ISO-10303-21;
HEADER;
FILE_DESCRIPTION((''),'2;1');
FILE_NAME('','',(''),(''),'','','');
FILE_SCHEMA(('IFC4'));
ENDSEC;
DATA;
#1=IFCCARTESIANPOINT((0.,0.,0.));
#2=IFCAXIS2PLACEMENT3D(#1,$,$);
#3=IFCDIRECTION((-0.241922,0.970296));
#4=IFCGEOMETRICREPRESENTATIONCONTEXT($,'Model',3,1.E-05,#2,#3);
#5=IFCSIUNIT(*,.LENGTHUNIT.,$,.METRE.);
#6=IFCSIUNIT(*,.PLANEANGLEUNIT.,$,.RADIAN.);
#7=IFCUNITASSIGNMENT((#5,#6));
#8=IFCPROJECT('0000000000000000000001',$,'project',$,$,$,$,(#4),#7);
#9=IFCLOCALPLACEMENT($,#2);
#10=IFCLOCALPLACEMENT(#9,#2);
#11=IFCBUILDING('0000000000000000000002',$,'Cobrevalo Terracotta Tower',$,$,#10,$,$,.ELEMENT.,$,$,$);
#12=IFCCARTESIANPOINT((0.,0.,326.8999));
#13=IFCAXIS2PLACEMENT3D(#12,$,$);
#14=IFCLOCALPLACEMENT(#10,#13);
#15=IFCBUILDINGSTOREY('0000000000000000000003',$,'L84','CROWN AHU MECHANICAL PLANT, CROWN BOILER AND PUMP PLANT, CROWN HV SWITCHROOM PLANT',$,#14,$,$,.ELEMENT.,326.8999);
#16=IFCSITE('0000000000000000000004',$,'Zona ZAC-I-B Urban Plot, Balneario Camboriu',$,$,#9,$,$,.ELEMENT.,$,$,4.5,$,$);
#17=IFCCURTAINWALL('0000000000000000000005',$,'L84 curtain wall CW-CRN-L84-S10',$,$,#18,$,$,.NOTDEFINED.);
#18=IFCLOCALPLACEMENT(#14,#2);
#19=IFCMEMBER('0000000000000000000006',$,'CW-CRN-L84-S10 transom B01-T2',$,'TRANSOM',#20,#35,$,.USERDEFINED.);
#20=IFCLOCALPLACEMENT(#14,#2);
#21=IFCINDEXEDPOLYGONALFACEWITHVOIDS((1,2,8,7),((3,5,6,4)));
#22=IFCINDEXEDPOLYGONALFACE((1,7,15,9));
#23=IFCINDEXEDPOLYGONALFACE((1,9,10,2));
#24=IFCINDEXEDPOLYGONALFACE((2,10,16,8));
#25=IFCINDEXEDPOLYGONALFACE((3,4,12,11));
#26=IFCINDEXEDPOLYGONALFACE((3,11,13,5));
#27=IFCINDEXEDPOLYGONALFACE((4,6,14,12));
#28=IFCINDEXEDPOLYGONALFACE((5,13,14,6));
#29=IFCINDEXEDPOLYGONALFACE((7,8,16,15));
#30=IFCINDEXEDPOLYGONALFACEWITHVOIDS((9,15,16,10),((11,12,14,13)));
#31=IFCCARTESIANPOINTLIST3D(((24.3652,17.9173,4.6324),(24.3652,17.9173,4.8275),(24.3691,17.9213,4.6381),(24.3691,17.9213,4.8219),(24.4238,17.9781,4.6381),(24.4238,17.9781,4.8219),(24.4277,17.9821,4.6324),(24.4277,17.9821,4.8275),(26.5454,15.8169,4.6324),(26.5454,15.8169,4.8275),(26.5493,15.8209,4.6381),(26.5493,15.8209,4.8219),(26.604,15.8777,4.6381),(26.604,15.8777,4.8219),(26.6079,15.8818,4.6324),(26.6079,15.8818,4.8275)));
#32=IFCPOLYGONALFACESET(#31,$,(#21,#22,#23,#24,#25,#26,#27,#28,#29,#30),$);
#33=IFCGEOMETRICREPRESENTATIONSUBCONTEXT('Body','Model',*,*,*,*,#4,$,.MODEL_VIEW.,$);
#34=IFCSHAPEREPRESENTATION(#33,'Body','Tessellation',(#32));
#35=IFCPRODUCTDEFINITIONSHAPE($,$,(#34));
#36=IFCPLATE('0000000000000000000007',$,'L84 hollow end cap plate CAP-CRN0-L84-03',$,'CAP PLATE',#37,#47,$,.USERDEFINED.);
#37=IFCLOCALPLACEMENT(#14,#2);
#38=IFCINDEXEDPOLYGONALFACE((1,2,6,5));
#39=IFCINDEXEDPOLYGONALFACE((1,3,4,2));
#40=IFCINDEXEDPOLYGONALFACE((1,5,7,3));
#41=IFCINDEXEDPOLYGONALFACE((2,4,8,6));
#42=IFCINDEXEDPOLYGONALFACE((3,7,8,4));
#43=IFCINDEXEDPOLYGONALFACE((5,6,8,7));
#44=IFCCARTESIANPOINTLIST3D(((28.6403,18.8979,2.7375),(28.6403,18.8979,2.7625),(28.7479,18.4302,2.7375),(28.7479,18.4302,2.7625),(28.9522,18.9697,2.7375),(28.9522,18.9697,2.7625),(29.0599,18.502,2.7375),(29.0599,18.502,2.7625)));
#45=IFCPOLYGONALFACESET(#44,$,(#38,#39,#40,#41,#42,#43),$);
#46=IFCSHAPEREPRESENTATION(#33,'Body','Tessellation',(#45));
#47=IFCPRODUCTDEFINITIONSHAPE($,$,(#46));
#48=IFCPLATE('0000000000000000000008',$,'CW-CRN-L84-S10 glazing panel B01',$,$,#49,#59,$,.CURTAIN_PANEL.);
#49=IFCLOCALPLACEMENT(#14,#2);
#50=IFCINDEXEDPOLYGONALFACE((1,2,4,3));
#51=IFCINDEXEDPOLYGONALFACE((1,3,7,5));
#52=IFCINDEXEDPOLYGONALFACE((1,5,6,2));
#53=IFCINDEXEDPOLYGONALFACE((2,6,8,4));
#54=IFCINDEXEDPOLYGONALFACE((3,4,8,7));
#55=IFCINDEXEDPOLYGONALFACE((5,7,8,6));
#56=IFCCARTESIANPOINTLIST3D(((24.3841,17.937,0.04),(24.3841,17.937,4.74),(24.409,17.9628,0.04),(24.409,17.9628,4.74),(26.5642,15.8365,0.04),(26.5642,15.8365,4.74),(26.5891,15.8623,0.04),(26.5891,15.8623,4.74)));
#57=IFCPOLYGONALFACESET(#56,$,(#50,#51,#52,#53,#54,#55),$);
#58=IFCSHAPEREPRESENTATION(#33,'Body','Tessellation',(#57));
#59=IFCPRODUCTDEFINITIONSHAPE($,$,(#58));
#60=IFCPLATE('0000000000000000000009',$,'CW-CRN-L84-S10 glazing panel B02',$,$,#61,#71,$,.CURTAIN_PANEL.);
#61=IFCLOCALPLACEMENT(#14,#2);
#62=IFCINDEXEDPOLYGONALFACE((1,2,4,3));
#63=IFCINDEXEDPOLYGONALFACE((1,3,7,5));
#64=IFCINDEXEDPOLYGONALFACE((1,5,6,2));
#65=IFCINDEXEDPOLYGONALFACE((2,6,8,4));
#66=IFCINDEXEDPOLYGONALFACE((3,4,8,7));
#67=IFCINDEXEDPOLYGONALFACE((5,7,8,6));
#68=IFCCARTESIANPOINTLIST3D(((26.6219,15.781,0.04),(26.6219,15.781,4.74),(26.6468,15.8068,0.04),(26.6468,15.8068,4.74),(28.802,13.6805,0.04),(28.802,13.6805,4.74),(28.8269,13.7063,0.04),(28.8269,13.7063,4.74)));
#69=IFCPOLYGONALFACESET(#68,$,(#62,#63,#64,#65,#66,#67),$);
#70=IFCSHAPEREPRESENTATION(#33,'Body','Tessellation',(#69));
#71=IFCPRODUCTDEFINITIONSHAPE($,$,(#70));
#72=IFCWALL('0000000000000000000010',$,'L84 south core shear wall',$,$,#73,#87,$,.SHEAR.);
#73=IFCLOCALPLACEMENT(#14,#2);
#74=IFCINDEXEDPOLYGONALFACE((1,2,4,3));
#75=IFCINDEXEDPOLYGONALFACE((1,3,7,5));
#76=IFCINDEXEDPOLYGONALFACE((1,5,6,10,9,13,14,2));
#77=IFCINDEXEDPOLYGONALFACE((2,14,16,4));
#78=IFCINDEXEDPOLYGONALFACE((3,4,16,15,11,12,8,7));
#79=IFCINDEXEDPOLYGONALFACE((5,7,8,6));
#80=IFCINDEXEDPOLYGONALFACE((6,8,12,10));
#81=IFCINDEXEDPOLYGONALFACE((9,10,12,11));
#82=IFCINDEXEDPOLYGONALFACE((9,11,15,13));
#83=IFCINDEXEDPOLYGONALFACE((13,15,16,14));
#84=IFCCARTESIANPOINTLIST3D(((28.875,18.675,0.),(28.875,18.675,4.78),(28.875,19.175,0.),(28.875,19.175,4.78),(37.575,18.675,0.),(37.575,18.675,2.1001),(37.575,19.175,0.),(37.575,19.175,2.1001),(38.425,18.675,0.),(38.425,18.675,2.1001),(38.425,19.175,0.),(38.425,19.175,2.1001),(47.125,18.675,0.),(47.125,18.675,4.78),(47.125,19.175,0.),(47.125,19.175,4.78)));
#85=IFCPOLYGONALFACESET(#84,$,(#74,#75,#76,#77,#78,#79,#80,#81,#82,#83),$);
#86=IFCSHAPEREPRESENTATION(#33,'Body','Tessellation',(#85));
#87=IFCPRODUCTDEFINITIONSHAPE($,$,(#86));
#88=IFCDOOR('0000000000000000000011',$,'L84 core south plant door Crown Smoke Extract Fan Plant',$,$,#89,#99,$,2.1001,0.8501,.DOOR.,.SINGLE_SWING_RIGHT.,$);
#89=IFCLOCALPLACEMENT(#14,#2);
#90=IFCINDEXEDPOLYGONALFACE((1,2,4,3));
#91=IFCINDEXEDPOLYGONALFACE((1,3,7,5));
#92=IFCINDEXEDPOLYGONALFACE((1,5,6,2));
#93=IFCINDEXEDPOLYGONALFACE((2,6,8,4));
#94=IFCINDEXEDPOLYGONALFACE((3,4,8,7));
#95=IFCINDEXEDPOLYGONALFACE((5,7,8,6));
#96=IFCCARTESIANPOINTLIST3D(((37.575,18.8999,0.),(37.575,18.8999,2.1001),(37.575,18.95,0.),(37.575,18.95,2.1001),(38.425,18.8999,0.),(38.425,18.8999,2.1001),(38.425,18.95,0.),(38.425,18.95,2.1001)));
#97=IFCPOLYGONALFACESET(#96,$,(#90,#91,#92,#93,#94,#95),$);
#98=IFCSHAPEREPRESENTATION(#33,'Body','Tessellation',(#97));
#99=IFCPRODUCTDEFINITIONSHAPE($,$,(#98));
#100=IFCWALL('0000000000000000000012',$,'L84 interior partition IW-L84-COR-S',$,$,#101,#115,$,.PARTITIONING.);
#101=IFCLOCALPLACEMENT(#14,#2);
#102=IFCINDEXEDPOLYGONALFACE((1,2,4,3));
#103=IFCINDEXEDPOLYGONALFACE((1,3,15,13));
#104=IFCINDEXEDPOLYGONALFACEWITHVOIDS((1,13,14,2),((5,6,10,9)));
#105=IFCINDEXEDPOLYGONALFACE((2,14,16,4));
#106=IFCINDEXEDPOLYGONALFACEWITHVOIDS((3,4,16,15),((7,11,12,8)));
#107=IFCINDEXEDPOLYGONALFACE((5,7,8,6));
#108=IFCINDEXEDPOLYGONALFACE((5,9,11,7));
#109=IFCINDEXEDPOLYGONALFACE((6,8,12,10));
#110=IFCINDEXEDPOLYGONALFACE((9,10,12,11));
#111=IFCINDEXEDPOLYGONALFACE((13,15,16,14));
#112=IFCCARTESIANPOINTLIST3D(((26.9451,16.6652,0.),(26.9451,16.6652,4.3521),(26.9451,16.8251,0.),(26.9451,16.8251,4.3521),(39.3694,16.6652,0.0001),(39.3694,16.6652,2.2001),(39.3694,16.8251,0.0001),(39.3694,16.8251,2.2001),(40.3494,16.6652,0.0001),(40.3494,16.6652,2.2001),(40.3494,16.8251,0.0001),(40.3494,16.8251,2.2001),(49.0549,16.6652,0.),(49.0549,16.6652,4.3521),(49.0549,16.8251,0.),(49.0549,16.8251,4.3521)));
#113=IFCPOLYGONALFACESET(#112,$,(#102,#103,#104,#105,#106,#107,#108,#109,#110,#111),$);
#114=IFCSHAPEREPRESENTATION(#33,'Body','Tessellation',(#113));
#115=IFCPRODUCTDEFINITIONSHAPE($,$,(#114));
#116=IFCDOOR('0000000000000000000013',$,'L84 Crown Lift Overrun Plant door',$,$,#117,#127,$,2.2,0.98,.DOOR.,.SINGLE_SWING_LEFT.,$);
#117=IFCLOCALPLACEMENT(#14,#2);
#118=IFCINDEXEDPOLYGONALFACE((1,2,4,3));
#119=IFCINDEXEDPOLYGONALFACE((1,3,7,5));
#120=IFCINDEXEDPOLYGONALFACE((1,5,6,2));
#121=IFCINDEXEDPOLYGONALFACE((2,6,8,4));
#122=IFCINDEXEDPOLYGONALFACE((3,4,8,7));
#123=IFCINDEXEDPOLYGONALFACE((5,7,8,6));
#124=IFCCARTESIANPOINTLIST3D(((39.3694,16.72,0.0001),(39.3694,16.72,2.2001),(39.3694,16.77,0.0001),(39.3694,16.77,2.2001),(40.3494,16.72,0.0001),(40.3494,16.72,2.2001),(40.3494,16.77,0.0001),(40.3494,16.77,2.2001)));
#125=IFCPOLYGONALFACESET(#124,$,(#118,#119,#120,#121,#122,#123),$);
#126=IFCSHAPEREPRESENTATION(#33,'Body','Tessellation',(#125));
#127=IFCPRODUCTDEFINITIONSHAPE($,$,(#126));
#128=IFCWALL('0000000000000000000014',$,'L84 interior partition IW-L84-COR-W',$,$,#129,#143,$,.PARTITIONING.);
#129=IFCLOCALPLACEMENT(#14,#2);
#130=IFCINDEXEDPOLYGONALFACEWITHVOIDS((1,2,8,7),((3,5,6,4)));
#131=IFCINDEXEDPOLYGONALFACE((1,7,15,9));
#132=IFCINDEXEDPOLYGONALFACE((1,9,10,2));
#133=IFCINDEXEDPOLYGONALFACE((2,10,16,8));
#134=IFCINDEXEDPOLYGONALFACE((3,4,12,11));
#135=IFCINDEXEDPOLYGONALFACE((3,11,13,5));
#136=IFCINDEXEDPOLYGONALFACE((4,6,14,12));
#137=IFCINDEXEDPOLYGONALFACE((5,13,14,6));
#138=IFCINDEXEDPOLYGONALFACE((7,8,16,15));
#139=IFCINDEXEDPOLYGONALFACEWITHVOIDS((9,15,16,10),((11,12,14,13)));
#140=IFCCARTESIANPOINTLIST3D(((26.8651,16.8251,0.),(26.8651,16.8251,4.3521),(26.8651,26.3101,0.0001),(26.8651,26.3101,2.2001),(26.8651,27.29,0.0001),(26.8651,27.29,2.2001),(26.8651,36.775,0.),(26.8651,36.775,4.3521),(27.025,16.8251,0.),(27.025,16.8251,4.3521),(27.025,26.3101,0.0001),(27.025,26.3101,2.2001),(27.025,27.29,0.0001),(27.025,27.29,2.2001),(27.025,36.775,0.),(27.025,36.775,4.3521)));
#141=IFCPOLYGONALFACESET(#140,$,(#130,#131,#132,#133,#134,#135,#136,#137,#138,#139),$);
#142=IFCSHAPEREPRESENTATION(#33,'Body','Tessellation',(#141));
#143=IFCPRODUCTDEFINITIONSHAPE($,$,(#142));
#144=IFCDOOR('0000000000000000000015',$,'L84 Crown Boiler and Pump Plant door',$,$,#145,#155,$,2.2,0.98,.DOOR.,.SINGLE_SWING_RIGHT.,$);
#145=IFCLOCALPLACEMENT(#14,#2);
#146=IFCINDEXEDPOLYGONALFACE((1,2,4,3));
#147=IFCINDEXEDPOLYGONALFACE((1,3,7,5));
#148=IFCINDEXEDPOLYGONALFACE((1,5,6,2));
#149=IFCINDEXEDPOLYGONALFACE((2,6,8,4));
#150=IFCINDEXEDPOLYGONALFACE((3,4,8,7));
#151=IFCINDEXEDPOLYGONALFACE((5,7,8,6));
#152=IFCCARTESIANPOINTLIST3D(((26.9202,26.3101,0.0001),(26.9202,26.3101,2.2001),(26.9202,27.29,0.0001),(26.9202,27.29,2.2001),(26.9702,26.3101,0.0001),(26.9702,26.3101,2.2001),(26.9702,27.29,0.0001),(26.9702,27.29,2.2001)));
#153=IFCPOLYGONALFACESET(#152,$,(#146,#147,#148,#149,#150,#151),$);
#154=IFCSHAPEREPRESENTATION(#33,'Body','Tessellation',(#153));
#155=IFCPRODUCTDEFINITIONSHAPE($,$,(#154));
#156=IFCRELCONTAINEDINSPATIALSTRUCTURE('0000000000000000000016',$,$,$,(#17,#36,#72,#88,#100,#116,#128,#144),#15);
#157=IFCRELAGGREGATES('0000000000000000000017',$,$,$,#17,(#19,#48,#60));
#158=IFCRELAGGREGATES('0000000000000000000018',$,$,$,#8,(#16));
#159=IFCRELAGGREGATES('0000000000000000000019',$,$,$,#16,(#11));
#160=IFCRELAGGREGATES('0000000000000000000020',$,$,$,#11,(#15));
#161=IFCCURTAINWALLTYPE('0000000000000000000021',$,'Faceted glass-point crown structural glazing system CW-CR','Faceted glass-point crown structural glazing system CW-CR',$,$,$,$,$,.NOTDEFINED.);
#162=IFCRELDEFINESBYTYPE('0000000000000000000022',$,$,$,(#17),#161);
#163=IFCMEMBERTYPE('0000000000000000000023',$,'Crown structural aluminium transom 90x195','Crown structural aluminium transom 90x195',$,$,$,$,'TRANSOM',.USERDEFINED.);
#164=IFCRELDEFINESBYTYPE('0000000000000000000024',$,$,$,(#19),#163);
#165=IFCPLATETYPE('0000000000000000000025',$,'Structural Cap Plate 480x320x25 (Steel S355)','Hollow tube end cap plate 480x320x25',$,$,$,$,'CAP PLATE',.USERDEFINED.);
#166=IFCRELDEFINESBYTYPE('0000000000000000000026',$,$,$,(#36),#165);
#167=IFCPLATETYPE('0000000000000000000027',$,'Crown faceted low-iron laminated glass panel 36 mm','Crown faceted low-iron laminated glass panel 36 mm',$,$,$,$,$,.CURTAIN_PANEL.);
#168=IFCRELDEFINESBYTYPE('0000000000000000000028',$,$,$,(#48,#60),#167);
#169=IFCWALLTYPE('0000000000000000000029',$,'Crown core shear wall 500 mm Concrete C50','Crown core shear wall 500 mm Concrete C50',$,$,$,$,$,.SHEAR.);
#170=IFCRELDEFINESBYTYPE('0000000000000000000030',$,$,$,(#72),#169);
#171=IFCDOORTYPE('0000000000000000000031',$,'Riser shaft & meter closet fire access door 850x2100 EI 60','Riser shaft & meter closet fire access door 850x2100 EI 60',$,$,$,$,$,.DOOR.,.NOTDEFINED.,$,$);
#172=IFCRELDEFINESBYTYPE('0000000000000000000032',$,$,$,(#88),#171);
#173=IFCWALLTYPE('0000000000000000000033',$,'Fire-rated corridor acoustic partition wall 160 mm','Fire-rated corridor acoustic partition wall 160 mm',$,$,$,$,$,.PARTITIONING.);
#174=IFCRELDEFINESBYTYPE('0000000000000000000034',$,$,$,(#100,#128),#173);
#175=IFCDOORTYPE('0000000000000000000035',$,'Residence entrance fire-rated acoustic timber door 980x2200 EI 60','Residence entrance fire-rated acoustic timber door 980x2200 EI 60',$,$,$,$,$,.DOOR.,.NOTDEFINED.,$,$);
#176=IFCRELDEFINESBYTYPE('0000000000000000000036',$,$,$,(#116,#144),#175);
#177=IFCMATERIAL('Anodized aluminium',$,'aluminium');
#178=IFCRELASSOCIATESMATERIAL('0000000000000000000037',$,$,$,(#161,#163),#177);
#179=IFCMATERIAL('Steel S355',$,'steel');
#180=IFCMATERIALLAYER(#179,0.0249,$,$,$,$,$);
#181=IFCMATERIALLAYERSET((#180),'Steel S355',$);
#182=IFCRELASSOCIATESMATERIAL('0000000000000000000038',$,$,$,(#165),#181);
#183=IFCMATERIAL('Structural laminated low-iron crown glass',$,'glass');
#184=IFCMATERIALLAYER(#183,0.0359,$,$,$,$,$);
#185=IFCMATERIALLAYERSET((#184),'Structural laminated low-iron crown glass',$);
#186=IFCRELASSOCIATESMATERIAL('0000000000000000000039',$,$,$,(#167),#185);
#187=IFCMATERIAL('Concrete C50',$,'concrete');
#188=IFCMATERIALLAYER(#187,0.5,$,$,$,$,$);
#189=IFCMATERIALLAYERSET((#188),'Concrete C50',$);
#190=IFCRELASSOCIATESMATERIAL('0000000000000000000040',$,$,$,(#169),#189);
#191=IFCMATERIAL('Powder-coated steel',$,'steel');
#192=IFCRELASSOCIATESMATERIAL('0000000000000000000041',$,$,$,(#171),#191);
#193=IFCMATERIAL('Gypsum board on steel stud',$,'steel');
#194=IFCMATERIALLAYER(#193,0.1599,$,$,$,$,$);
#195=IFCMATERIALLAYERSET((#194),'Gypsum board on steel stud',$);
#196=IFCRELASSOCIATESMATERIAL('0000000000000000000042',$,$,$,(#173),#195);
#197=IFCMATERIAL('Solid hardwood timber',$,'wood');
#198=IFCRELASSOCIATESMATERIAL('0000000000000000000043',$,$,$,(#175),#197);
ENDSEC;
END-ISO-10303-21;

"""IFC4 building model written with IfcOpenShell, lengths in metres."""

from ifc_helpers import new_model, si_unit, direction, frame, frame_2d, origin, origin_2d, place, context, subcontext, project, spatial, rectangle, hollow_rectangle, extrude, source, transform, mapped, material, layer, layer_set, material_profile, profile_set, type_object, element, fill, aggregate, save


model = new_model("IFC4")

# Units and contexts
model_context = context("Model", 3, precision=1e-05, world=origin(), true_north=direction((-0.241922, 0.970296)))
body_context = subcontext(model_context, "Body", "Model", "MODEL_VIEW")
ifc_project = project(units=[si_unit("LENGTHUNIT", "METRE"), si_unit("PLANEANGLEUNIT", "RADIAN")], contexts=[model_context])

# Site, building, storey
site_placement = place(None, origin())
site = spatial("IfcSite", under=ifc_project, at=site_placement, Name="Zona ZAC-I-B Urban Plot, Balneario Camboriu", CompositionType="ELEMENT", RefElevation=4.5)
building_placement = place(site_placement, origin())
building = spatial("IfcBuilding", under=site, at=building_placement, Name="Cobrevalo Terracotta Tower", CompositionType="ELEMENT")
storey_placement = place(building_placement, frame((0.0, 0.0, 326.8999)))
storey = spatial("IfcBuildingStorey", under=building, at=storey_placement, Name="L84", Description="CROWN AHU MECHANICAL PLANT, CROWN BOILER AND PUMP PLANT, CROWN HV SWITCHROOM PLANT", CompositionType="ELEMENT", Elevation=326.8999)

# Shared definitions
ifc_material_1 = material(Name="Steel S355", Category="steel")

# Shared definitions
ifc_material_2 = material(Name="Anodized aluminium", Category="aluminium")
curtain_wall_type = type_object("IfcCurtainWallType", Name="Faceted glass-point crown structural glazing system CW-CR", Description="Faceted glass-point crown structural glazing system CW-CR", PredefinedType="NOTDEFINED", material=ifc_material_2)

# Curtain wall, member
curtain_wall_1_placement = place(storey_placement, origin())
curtain_wall_1 = element("IfcCurtainWall", 1, at=curtain_wall_1_placement, inside=storey, type_object=curtain_wall_type, Name="L84 curtain wall CW-CRN-L84-S10", PredefinedType="NOTDEFINED")
ifc_material_profile_1 = material_profile(ifc_material_2, hollow_rectangle(XDim=0.0901, YDim=0.1951, WallThickness=0.0056, at=origin_2d()), Name="CWT 90x195")
ifc_profile_set_1 = profile_set([ifc_material_profile_1], Name="Anodized aluminium")
member_type_1 = type_object("IfcMemberType", Name="Crown structural aluminium transom 90x195", Description="Crown structural aluminium transom 90x195", ElementType="TRANSOM", PredefinedType="USERDEFINED", material=ifc_profile_set_1)
shared_shape_1 = source(origin(), body_context, "Body", "SweptSolid", [
    extrude(hollow_rectangle(XDim=0.0901, YDim=0.1951, WallThickness=0.0056, at=origin_2d()), origin(), (0.0, 0.0, 1.0), 3.0273),
])
member_1_placement = place(storey_placement, frame((24.3965, 17.9497, 4.73), z_axis=(0.720169, -0.693798, 0.0), x_axis=(0.693798, 0.720169, 0.0)))
member_1 = element("IfcMember", 2, at=member_1_placement, type_object=member_type_1, Name="CW-CRN-L84-S10 transom B01-T2", ObjectType="TRANSOM", PredefinedType="USERDEFINED", context=body_context, shape_type="MappedRepresentation", body=[
    mapped(shared_shape_1, transform((0.0, 0.0, 0.0), scale=1.0)),
])

# Plates
ifc_layer_1 = layer(ifc_material_1, 0.0249)
ifc_layer_set_1 = layer_set([ifc_layer_1], Name="Steel S355")
plate_type_1 = type_object("IfcPlateType", Name="Structural Cap Plate 480x320x25 (Steel S355)", Description="Hollow tube end cap plate 480x320x25", ElementType="CAP PLATE", PredefinedType="USERDEFINED", material=ifc_layer_set_1)
shared_shape_2 = source(origin(), body_context, "Body", "SweptSolid", [
    extrude(rectangle(XDim=0.48, YDim=0.3201, at=origin_2d()), origin(), (0.0, 0.0, 1.0), 0.0249),
])
plate_1_placement = place(storey_placement, frame((28.8501, 18.7, 2.7375), z_axis=(0.0, 0.0, 1.0), x_axis=(0.224221, -0.974538, 0.0)))
element("IfcPlate", 3, at=plate_1_placement, inside=storey, type_object=plate_type_1, Name="L84 hollow end cap plate CAP-CRN0-L84-03", ObjectType="CAP PLATE", PredefinedType="USERDEFINED", context=body_context, shape_type="MappedRepresentation", body=[
    mapped(shared_shape_2, transform((0.0, 0.0, 0.0), scale=1.0)),
])
ifc_material_3 = material(Name="Structural laminated low-iron crown glass", Category="glass")
ifc_layer_2 = layer(ifc_material_3, 0.0359)
ifc_layer_set_2 = layer_set([ifc_layer_2], Name="Structural laminated low-iron crown glass")
plate_type_2 = type_object("IfcPlateType", Name="Crown faceted low-iron laminated glass panel 36 mm", Description="Crown faceted low-iron laminated glass panel 36 mm", PredefinedType="CURTAIN_PANEL", material=ifc_layer_set_2)
shared_shape_3 = source(origin(), body_context, "Body", "SweptSolid", [
    extrude(rectangle(XDim=3.0273, YDim=0.0359, at=origin_2d()), origin(), (0.0, 0.0, 1.0), 4.7),
])
plate_2_placement = place(storey_placement, frame((25.4866, 16.8997, 0.04), z_axis=(0.0, 0.0, 1.0), x_axis=(0.720133, -0.693836, 0.0)))
plate_2 = element("IfcPlate", 4, at=plate_2_placement, type_object=plate_type_2, Name="CW-CRN-L84-S10 glazing panel B01", PredefinedType="CURTAIN_PANEL", context=body_context, shape_type="MappedRepresentation", body=[
    mapped(shared_shape_3, transform((0.0, 0.0, 0.0), scale=1.0)),
])
plate_3_placement = place(storey_placement, frame((27.7244, 14.7437, 0.04), z_axis=(0.0, 0.0, 1.0), x_axis=(0.720133, -0.693836, 0.0)))
plate_3 = element("IfcPlate", 5, at=plate_3_placement, type_object=plate_type_2, Name="CW-CRN-L84-S10 glazing panel B02", PredefinedType="CURTAIN_PANEL", context=body_context, shape_type="MappedRepresentation", body=[
    mapped(shared_shape_3, transform((0.0, 0.0, 0.0), scale=1.0)),
])
aggregate(curtain_wall_1, [member_1, plate_2, plate_3])

# Walls, openings, doors
ifc_material_4 = material(Name="Concrete C50", Category="concrete")
ifc_layer_3 = layer(ifc_material_4, 0.5)
ifc_layer_set_3 = layer_set([ifc_layer_3], Name="Concrete C50")
wall_type_1 = type_object("IfcWallType", Name="Crown core shear wall 500 mm Concrete C50", Description="Crown core shear wall 500 mm Concrete C50", PredefinedType="SHEAR", material=ifc_layer_set_3)
wall_1_placement = place(storey_placement, frame((28.875, 18.925, 0.0), z_axis=(0.0, 0.0, 1.0), x_axis=(1.0, 0.0, 0.0)))
wall_1 = element("IfcWall", 6, at=wall_1_placement, inside=storey, type_object=wall_type_1, Name="L84 south core shear wall", PredefinedType="SHEAR", context=body_context, shape_type="SweptSolid", body=[
    extrude(rectangle(XDim=18.25, YDim=0.5, at=frame_2d((9.125, 0.0))), origin(), (0.0, 0.0, 1.0), 4.78),
])
opening_1_placement = place(wall_1_placement, frame((8.7, 0.0, 0.0)))
opening_1 = element("IfcOpeningElement", 7, at=opening_1_placement, cuts=wall_1, PredefinedType="OPENING", context=body_context, shape_type="SweptSolid", body=[
    extrude(rectangle(XDim=0.8501, YDim=2.1001, at=frame_2d((0.425, 1.05))), frame((0.0, 0.26, 0.0), z_axis=(0.0, -1.0, 0.0), x_axis=(1.0, 0.0, 0.0)), (0.0, 0.0, 1.0), 0.52),
])
ifc_material_5 = material(Name="Powder-coated steel", Category="steel")
door_type_1 = type_object("IfcDoorType", Name="Riser shaft & meter closet fire access door 850x2100 EI 60", Description="Riser shaft & meter closet fire access door 850x2100 EI 60", OperationType="NOTDEFINED", PredefinedType="DOOR", material=ifc_material_5)
shared_shape_4 = source(origin(), body_context, "Body", "SweptSolid", [
    extrude(rectangle(XDim=0.8501, YDim=2.1001, at=frame_2d((0.425, 1.05))), frame((0.0, 0.0249, 0.0), z_axis=(0.0, -1.0, 0.0), x_axis=(1.0, 0.0, 0.0)), (0.0, 0.0, 1.0), 0.05),
])
door_1_placement = place(opening_1_placement, origin())
door_1 = element("IfcDoor", 8, at=door_1_placement, inside=storey, type_object=door_type_1, Name="L84 core south plant door Crown Smoke Extract Fan Plant", OperationType="SINGLE_SWING_RIGHT", OverallHeight=2.1001, OverallWidth=0.8501, PredefinedType="DOOR", context=body_context, shape_type="MappedRepresentation", body=[
    mapped(shared_shape_4, transform((0.0, 0.0, 0.0), scale=1.0)),
])
fill(opening_1, door_1)
ifc_material_6 = material(Name="Gypsum board on steel stud", Category="steel")
ifc_layer_4 = layer(ifc_material_6, 0.1599)
ifc_layer_set_4 = layer_set([ifc_layer_4], Name="Gypsum board on steel stud")
wall_type_2 = type_object("IfcWallType", Name="Fire-rated corridor acoustic partition wall 160 mm", Description="Fire-rated corridor acoustic partition wall 160 mm", PredefinedType="PARTITIONING", material=ifc_layer_set_4)
wall_2_placement = place(storey_placement, frame((26.9451, 16.7451, 0.0), z_axis=(0.0, 0.0, 1.0), x_axis=(1.0, 0.0, 0.0)))
wall_2 = element("IfcWall", 9, at=wall_2_placement, inside=storey, type_object=wall_type_2, Name="L84 interior partition IW-L84-COR-S", PredefinedType="PARTITIONING", context=body_context, shape_type="SweptSolid", body=[
    extrude(rectangle(XDim=22.1099, YDim=0.1599, at=frame_2d((11.0549, 0.0))), origin(), (0.0, 0.0, 1.0), 4.3521),
])
opening_2_placement = place(wall_2_placement, frame((12.4243, 0.0, 0.0)))
opening_2 = element("IfcOpeningElement", 10, at=opening_2_placement, cuts=wall_2, PredefinedType="OPENING", context=body_context, shape_type="SweptSolid", body=[
    extrude(rectangle(XDim=0.98, YDim=2.2, at=frame_2d((0.49, 1.1001))), frame((0.0, 0.0898, 0.0), z_axis=(0.0, -1.0, 0.0), x_axis=(1.0, 0.0, 0.0)), (0.0, 0.0, 1.0), 0.1799),
])
ifc_material_7 = material(Name="Solid hardwood timber", Category="wood")
door_type_2 = type_object("IfcDoorType", Name="Residence entrance fire-rated acoustic timber door 980x2200 EI 60", Description="Residence entrance fire-rated acoustic timber door 980x2200 EI 60", OperationType="NOTDEFINED", PredefinedType="DOOR", material=ifc_material_7)
shared_shape_5 = source(origin(), body_context, "Body", "SweptSolid", [
    extrude(rectangle(XDim=0.98, YDim=2.2, at=frame_2d((0.49, 1.1001))), frame((0.0, 0.0249, 0.0), z_axis=(0.0, -1.0, 0.0), x_axis=(1.0, 0.0, 0.0)), (0.0, 0.0, 1.0), 0.05),
])
door_2_placement = place(opening_2_placement, origin())
door_2 = element("IfcDoor", 11, at=door_2_placement, inside=storey, type_object=door_type_2, Name="L84 Crown Lift Overrun Plant door", OperationType="SINGLE_SWING_LEFT", OverallHeight=2.2, OverallWidth=0.98, PredefinedType="DOOR", context=body_context, shape_type="MappedRepresentation", body=[
    mapped(shared_shape_5, transform((0.0, 0.0, 0.0), scale=1.0)),
])
fill(opening_2, door_2)
wall_3_placement = place(storey_placement, frame((26.9451, 16.825, 0.0), z_axis=(0.0, 0.0, 1.0), x_axis=(0.0, 1.0, 0.0)))
wall_3 = element("IfcWall", 12, at=wall_3_placement, inside=storey, type_object=wall_type_2, Name="L84 interior partition IW-L84-COR-W", PredefinedType="PARTITIONING", context=body_context, shape_type="SweptSolid", body=[
    extrude(rectangle(XDim=19.95, YDim=0.1599, at=frame_2d((9.9751, 0.0))), origin(), (0.0, 0.0, 1.0), 4.3521),
])
opening_3_placement = place(wall_3_placement, frame((9.4851, 0.0, 0.0)))
opening_3 = element("IfcOpeningElement", 13, at=opening_3_placement, cuts=wall_3, PredefinedType="OPENING", context=body_context, shape_type="SweptSolid", body=[
    extrude(rectangle(XDim=0.98, YDim=2.2, at=frame_2d((0.49, 1.1001))), frame((0.0, 0.0898, 0.0), z_axis=(0.0, -1.0, 0.0), x_axis=(1.0, 0.0, 0.0)), (0.0, 0.0, 1.0), 0.1799),
])
door_3_placement = place(opening_3_placement, origin())
door_3 = element("IfcDoor", 14, at=door_3_placement, inside=storey, type_object=door_type_2, Name="L84 Crown Boiler and Pump Plant door", OperationType="SINGLE_SWING_RIGHT", OverallHeight=2.2, OverallWidth=0.98, PredefinedType="DOOR", context=body_context, shape_type="MappedRepresentation", body=[
    mapped(shared_shape_5, transform((0.0, 0.0, 0.0), scale=1.0)),
])
fill(opening_3, door_3)

save(model, "model.ifc")
